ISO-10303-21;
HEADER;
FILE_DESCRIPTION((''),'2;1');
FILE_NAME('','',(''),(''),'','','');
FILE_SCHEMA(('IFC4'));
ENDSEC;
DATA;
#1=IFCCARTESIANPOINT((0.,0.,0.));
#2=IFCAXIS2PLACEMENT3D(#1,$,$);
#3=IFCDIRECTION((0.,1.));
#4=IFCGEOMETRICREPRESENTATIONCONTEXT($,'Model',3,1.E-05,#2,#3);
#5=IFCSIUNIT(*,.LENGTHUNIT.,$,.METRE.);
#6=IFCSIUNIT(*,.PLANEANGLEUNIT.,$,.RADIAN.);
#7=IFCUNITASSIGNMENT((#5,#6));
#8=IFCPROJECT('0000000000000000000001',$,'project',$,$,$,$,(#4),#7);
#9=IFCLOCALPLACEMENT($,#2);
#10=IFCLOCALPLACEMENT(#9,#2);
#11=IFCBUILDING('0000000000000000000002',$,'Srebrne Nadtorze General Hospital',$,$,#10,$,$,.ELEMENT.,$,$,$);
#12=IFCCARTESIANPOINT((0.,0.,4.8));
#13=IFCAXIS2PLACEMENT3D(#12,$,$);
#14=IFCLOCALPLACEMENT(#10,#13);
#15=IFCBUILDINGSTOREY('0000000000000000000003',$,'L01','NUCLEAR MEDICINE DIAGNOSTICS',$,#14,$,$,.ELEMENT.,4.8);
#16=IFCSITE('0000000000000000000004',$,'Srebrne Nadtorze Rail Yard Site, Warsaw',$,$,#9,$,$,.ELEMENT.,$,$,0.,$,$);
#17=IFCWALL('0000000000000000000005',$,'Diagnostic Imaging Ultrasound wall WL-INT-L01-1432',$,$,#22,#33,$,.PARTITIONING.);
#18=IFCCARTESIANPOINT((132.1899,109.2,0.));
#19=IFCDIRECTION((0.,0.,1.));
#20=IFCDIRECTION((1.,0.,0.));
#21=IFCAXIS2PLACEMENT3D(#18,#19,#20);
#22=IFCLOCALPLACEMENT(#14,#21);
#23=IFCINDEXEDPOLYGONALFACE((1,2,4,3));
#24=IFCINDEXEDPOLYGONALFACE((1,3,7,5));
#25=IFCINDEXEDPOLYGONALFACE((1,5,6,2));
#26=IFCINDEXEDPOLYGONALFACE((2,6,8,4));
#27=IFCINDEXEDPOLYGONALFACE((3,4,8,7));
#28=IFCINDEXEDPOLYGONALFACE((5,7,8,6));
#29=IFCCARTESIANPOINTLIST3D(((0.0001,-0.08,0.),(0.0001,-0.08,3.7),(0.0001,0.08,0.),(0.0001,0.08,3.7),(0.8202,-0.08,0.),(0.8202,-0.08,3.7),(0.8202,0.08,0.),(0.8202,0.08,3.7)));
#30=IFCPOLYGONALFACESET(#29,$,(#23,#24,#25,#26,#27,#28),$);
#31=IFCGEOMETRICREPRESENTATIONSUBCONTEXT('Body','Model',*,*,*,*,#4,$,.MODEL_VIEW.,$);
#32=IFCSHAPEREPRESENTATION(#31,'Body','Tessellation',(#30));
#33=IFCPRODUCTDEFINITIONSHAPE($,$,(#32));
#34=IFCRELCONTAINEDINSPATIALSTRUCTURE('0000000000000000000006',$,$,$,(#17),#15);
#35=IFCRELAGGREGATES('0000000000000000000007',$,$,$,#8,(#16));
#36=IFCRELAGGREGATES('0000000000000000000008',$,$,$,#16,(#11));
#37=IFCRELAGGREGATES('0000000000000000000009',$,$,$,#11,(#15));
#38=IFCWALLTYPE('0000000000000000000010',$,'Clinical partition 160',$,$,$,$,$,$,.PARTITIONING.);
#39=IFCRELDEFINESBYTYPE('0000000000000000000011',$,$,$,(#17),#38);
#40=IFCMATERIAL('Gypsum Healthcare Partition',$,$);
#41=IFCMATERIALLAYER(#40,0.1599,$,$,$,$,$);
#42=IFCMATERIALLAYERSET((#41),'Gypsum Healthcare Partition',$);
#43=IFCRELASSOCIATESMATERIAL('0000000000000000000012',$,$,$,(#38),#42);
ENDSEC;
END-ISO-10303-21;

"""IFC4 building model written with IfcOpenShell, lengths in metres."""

from ifc_helpers import new_model, si_unit, direction, frame, frame_2d, origin, place, context, subcontext, project, spatial, rectangle, extrude, material, layer, layer_set, type_object, element, save


model = new_model("IFC4")

# Units and contexts
model_context = context("Model", 3, precision=1e-05, world=origin(), true_north=direction((0.0, 1.0)))
body_context = subcontext(model_context, "Body", "Model", "MODEL_VIEW")
ifc_project = project(units=[si_unit("LENGTHUNIT", "METRE"), si_unit("PLANEANGLEUNIT", "RADIAN")], contexts=[model_context])

# Site, building, storey
site_placement = place(None, origin())
site = spatial("IfcSite", under=ifc_project, at=site_placement, Name="Srebrne Nadtorze Rail Yard Site, Warsaw", CompositionType="ELEMENT", RefElevation=0.0)
building_placement = place(site_placement, origin())
building = spatial("IfcBuilding", under=site, at=building_placement, Name="Srebrne Nadtorze General Hospital", CompositionType="ELEMENT")
storey_placement = place(building_placement, frame((0.0, 0.0, 4.8)))
storey = spatial("IfcBuildingStorey", under=building, at=storey_placement, Name="L01", Description="NUCLEAR MEDICINE DIAGNOSTICS", CompositionType="ELEMENT", Elevation=4.8)

# Wall
ifc_material_1 = material(Name="Gypsum Healthcare Partition")
ifc_layer_1 = layer(ifc_material_1, 0.1599)
ifc_layer_set_1 = layer_set([ifc_layer_1], Name="Gypsum Healthcare Partition")
wall_type_1 = type_object("IfcWallType", Name="Clinical partition 160", PredefinedType="PARTITIONING", material=ifc_layer_set_1)
for number, where, z_axis, x_axis, name in (
    (1, (132.1899, 109.2, 0.0), (0.0, 0.0, 1.0), (1.0, 0.0, 0.0), "Diagnostic Imaging Ultrasound wall WL-INT-L01-1432"),
):
    element("IfcWall", number, at=place(storey_placement, frame(where, z_axis=z_axis, x_axis=x_axis)), inside=storey, type_object=wall_type_1, Name=name, PredefinedType="PARTITIONING", context=body_context, shape_type="SweptSolid", body=[
        extrude(rectangle(XDim=0.8201, YDim=0.1599, at=frame_2d((0.4102, 0.0))), origin(), (0.0, 0.0, 1.0), 3.7),
    ])

save(model, "model.ifc")
